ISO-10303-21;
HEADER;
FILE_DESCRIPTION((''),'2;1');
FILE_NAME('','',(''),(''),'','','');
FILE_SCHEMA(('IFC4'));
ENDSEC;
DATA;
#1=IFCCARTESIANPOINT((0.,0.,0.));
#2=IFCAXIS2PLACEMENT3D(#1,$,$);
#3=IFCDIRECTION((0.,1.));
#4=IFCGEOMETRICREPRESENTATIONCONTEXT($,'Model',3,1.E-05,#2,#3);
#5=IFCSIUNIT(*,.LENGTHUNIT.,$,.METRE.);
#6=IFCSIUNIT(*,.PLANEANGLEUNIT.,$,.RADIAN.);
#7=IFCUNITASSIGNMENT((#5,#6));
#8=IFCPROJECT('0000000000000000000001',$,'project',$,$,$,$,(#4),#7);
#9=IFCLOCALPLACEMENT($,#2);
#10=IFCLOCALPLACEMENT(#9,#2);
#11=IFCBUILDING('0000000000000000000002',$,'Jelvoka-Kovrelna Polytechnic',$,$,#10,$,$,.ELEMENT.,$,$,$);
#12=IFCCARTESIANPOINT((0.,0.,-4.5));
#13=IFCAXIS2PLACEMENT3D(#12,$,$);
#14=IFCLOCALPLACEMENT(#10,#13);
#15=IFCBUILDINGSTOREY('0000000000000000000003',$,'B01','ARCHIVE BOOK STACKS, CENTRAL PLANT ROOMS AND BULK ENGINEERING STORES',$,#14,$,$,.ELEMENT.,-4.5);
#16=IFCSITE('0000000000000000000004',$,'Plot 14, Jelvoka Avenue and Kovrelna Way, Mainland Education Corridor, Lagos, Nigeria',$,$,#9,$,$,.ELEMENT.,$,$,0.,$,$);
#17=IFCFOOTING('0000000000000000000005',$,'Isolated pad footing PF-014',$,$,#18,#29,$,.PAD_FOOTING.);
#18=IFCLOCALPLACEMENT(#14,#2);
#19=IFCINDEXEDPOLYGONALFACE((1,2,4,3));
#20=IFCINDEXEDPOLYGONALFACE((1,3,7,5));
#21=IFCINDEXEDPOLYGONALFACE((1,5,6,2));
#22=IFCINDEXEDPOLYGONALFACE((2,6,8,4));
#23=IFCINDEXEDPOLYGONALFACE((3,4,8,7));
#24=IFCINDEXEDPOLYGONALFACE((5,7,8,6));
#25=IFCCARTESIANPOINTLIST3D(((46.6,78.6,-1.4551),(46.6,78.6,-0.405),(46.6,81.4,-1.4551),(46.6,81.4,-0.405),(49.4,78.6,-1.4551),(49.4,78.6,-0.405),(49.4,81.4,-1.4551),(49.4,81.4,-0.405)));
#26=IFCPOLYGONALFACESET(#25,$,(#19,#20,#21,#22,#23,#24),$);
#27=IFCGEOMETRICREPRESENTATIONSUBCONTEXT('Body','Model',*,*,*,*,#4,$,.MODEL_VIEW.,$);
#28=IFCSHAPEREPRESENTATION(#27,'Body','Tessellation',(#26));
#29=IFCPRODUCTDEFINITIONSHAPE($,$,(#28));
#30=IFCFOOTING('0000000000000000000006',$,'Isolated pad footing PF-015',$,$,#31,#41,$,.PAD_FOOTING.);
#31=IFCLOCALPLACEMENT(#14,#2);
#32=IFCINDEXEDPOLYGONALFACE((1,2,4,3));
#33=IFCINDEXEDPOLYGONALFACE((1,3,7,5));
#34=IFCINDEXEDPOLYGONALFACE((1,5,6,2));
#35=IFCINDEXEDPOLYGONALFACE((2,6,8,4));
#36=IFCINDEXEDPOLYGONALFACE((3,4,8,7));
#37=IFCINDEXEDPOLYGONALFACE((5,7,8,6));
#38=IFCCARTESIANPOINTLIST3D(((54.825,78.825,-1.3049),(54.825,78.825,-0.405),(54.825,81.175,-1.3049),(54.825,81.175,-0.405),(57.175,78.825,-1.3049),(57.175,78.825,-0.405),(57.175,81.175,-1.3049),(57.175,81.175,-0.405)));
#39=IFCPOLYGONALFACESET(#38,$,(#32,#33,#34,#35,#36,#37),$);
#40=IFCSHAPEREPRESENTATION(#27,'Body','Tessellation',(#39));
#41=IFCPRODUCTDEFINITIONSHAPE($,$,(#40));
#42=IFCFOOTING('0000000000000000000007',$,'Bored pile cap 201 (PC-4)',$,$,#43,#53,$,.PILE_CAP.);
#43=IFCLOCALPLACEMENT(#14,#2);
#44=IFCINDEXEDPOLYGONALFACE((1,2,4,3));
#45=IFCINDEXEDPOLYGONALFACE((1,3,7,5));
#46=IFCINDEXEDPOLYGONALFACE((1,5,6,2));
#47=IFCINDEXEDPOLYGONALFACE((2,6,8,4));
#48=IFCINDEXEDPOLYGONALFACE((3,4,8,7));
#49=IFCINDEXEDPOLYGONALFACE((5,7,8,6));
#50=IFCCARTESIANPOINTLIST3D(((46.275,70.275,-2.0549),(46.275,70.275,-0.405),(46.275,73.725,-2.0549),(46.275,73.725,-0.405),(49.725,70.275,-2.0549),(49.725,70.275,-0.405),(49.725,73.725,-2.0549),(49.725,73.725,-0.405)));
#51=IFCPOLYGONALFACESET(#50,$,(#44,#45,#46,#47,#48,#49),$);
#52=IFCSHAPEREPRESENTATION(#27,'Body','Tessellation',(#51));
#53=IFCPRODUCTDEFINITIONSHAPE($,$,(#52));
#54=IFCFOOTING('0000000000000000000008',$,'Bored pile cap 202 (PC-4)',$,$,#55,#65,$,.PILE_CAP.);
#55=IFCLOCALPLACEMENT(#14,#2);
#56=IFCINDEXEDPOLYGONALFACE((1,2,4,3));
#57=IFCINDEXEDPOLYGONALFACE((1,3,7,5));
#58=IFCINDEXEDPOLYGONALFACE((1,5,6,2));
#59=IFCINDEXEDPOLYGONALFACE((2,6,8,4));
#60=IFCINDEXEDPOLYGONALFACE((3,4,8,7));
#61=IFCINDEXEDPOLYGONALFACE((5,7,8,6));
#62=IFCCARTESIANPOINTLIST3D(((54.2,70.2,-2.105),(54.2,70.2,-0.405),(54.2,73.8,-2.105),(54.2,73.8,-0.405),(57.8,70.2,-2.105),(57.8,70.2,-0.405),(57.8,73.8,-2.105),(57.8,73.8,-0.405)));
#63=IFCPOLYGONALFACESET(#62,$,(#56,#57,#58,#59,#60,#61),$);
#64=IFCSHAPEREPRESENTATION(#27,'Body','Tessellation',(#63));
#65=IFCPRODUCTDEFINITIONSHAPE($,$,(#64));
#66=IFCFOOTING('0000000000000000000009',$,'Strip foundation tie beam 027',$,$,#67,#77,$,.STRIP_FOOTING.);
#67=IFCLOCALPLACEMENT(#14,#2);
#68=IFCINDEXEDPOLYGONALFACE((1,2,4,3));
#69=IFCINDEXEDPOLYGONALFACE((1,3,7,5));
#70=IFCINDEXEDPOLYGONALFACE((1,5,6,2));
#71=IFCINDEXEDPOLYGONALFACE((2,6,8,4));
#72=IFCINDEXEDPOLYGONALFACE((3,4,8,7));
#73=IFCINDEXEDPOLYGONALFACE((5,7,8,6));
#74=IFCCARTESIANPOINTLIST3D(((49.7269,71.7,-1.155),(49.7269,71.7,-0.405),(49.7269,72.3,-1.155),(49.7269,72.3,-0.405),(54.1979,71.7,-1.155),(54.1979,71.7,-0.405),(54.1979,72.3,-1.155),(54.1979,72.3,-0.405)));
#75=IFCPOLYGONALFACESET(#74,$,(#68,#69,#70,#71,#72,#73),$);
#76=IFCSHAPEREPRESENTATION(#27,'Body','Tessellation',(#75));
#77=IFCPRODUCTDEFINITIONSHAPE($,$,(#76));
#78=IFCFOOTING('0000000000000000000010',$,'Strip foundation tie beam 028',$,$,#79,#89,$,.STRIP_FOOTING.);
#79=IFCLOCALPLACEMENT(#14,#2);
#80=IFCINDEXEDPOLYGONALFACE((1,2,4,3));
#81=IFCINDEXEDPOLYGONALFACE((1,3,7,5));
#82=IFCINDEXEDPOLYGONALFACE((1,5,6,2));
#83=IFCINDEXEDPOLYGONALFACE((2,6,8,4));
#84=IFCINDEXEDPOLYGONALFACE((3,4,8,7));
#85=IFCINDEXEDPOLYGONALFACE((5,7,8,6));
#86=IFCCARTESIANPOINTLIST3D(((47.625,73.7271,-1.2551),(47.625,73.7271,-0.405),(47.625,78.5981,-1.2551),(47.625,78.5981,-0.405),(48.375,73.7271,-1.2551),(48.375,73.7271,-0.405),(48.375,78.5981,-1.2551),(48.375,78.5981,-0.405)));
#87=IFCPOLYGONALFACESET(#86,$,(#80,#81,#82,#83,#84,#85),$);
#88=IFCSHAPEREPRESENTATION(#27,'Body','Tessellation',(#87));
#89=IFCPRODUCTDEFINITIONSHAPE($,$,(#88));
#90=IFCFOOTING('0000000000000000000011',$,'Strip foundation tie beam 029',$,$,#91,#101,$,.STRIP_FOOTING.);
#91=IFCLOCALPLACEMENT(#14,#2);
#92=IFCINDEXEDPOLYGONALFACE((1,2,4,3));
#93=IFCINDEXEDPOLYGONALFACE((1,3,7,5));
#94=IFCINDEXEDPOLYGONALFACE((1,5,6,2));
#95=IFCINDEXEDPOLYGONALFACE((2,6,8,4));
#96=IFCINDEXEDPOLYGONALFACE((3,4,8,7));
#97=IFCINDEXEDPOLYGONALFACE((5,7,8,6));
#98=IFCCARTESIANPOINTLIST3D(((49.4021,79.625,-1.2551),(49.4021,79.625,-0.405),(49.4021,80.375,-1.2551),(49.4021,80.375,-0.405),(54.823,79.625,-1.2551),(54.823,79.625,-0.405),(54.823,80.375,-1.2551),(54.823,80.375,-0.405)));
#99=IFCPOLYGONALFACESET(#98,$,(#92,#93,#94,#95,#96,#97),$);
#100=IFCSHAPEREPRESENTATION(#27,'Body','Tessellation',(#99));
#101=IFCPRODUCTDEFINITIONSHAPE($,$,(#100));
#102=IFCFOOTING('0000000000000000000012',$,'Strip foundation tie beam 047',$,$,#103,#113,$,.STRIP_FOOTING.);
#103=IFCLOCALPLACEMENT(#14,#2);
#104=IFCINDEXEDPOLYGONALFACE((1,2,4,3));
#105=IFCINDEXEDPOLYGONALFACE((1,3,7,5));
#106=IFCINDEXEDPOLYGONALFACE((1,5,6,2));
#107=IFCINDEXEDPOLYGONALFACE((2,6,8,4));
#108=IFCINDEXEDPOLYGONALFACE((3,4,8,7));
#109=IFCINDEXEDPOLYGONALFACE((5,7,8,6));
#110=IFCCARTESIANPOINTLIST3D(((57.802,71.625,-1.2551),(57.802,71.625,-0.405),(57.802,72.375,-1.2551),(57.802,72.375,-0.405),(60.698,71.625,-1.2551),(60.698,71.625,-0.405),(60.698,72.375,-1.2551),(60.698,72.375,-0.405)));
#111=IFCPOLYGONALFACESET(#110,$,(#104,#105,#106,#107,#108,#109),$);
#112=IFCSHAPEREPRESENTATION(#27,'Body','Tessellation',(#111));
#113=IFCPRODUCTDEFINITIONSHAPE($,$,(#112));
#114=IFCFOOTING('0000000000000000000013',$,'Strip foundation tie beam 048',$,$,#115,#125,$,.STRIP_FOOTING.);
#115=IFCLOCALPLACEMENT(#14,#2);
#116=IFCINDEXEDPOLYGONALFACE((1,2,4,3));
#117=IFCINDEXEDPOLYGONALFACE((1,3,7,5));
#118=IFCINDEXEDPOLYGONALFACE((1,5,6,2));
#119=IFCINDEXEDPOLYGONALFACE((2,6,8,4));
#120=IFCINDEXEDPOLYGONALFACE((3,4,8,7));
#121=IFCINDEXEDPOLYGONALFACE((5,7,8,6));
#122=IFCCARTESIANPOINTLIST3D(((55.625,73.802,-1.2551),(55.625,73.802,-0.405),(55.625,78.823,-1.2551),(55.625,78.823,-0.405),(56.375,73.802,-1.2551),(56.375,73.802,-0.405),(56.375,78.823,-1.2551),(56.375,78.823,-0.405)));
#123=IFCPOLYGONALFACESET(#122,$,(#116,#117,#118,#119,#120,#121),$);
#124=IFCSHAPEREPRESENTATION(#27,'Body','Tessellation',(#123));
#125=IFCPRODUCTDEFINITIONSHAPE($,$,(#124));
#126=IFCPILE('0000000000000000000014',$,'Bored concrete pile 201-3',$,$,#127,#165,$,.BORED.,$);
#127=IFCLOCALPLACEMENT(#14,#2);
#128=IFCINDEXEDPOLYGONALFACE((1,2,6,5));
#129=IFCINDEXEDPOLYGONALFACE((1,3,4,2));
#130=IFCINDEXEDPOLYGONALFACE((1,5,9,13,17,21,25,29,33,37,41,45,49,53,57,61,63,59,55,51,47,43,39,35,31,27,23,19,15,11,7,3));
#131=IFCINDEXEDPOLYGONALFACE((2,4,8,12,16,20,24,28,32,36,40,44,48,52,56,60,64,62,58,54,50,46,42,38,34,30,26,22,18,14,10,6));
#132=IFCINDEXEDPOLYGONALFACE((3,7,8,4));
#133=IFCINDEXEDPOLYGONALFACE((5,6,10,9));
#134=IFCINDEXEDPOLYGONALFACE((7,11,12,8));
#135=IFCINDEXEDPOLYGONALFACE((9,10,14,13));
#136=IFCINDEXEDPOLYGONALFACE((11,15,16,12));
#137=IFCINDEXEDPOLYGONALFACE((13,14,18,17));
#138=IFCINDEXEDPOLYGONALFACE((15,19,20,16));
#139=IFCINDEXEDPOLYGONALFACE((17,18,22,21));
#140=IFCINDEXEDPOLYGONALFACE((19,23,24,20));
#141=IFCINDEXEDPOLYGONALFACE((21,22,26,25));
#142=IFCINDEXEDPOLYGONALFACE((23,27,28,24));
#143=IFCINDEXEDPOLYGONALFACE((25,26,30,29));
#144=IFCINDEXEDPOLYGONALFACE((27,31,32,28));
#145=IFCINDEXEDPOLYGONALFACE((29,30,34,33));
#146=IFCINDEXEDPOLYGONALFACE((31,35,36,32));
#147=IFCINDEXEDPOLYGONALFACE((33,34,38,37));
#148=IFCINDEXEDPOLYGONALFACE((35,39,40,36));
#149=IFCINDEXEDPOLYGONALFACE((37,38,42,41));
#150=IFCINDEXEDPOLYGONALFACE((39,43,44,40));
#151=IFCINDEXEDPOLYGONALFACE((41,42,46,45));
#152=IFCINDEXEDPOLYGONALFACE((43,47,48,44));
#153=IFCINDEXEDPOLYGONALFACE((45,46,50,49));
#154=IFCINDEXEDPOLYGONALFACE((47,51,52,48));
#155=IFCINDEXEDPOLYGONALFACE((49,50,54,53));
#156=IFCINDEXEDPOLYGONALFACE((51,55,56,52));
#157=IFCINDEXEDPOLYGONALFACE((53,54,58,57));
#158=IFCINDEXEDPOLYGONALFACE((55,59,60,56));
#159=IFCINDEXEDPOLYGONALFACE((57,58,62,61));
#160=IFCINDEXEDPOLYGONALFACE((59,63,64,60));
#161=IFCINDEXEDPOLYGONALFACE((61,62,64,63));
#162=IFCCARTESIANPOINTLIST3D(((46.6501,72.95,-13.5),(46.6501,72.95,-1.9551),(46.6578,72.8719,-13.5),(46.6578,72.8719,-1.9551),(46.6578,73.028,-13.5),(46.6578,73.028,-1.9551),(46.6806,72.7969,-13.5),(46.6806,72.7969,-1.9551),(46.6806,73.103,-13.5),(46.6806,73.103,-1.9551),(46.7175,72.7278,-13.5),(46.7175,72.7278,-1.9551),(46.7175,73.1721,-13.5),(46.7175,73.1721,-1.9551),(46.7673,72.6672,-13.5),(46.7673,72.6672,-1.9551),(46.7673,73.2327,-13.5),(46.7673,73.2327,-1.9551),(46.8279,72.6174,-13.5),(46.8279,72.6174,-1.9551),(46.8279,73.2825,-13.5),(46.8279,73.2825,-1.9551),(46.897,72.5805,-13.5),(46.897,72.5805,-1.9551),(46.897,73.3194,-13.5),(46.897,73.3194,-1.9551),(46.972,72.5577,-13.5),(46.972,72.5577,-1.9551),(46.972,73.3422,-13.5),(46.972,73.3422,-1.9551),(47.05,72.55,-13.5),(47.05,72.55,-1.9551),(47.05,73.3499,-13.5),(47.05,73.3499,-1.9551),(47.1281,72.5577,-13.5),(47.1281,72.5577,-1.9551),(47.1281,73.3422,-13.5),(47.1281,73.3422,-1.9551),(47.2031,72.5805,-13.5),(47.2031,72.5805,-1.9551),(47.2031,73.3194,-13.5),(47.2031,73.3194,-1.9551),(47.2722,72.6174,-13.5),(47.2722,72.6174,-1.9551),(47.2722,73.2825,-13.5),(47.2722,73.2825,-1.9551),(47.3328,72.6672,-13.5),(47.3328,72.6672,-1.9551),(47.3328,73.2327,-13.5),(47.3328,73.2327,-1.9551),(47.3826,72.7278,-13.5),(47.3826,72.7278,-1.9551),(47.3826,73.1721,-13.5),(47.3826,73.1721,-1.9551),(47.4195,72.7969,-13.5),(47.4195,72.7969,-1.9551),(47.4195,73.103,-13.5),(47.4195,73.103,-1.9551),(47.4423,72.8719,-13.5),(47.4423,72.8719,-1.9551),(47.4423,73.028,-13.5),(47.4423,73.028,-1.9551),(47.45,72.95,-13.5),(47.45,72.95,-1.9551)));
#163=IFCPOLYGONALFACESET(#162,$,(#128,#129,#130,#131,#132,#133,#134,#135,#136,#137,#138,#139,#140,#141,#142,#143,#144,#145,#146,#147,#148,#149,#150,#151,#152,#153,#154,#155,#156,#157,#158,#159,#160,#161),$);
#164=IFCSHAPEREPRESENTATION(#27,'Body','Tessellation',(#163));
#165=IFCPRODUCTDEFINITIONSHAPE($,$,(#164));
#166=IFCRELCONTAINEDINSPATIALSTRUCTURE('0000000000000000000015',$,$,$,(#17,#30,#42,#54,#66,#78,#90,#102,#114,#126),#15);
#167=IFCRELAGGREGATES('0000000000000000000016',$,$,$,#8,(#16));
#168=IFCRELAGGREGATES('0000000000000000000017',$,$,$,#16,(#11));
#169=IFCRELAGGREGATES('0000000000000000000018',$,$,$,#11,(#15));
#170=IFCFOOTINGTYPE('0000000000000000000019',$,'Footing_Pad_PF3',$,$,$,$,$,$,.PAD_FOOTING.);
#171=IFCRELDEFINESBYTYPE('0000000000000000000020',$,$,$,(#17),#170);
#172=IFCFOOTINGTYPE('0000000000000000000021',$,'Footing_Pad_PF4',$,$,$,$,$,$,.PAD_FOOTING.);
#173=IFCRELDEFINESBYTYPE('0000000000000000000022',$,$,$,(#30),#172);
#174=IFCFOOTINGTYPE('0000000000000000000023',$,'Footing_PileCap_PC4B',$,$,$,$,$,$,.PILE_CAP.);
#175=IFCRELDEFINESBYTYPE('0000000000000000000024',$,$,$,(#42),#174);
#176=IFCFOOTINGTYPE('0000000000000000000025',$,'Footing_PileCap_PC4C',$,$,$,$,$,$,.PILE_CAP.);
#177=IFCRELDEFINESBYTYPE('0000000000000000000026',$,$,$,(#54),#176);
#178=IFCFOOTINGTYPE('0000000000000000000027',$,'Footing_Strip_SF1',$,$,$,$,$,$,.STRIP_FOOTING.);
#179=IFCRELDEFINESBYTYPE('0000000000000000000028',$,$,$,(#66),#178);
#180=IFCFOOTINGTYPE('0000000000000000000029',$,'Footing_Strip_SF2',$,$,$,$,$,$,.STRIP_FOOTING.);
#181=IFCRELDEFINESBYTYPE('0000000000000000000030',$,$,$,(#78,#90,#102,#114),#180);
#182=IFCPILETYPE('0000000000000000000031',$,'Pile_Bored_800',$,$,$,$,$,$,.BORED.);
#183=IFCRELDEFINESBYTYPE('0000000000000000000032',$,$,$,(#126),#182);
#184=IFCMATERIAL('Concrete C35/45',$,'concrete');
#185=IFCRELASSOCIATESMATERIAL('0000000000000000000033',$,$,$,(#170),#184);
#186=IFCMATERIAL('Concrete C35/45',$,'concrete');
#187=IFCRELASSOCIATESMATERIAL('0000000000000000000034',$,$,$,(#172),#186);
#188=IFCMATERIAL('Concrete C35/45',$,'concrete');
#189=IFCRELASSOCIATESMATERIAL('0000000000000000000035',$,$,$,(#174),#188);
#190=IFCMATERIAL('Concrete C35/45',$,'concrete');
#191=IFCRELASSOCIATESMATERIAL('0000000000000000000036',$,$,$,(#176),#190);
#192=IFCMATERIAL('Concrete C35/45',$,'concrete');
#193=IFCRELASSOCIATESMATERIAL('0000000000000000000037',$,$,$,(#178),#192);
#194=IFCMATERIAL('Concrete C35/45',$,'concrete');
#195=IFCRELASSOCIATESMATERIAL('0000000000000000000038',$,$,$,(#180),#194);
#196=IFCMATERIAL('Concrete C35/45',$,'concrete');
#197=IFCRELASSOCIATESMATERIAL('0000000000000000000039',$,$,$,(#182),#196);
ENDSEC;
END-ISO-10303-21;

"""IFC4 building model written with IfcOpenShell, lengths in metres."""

from ifc_helpers import new_model, si_unit, direction, frame, origin, origin_2d, place, context, subcontext, project, spatial, rectangle, circle, extrude, material, material_profile, profile_set, type_object, element, save


model = new_model("IFC4")

# Units and contexts
model_context = context("Model", 3, precision=1e-05, world=origin(), true_north=direction((0.0, 1.0)))
body_context = subcontext(model_context, "Body", "Model", "MODEL_VIEW")
ifc_project = project(units=[si_unit("LENGTHUNIT", "METRE"), si_unit("PLANEANGLEUNIT", "RADIAN")], contexts=[model_context])

# Site, building, storey
site_placement = place(None, origin())
site = spatial("IfcSite", under=ifc_project, at=site_placement, Name="Plot 14, Jelvoka Avenue and Kovrelna Way, Mainland Education Corridor, Lagos, Nigeria", CompositionType="ELEMENT", RefElevation=0.0)
building_placement = place(site_placement, origin())
building = spatial("IfcBuilding", under=site, at=building_placement, Name="Jelvoka-Kovrelna Polytechnic", CompositionType="ELEMENT")
storey_placement = place(building_placement, frame((0.0, 0.0, -4.5)))
storey = spatial("IfcBuildingStorey", under=building, at=storey_placement, Name="B01", Description="ARCHIVE BOOK STACKS, CENTRAL PLANT ROOMS AND BULK ENGINEERING STORES", CompositionType="ELEMENT", Elevation=-4.5)

# Footings
ifc_material_1 = material(Name="Concrete C35/45", Category="concrete")
footing_type_1 = type_object("IfcFootingType", Name="Footing_Pad_PF3", PredefinedType="PAD_FOOTING", material=ifc_material_1)
footing_1_placement = place(storey_placement, frame((48.0, 80.0, -1.4551), z_axis=(0.0, 0.0, 1.0), x_axis=(1.0, 0.0, 0.0)))
element("IfcFooting", 1, at=footing_1_placement, inside=storey, type_object=footing_type_1, Name="Isolated pad footing PF-014", PredefinedType="PAD_FOOTING", context=body_context, shape_type="SweptSolid", body=[
    extrude(rectangle(XDim=2.8, YDim=2.8, at=origin_2d()), origin(), (0.0, 0.0, 1.0), 1.05),
])
ifc_material_2 = material(Name="Concrete C35/45", Category="concrete")
footing_type_2 = type_object("IfcFootingType", Name="Footing_Pad_PF4", PredefinedType="PAD_FOOTING", material=ifc_material_2)
footing_2_placement = place(storey_placement, frame((56.0, 80.0, -1.3049), z_axis=(0.0, 0.0, 1.0), x_axis=(1.0, 0.0, 0.0)))
element("IfcFooting", 2, at=footing_2_placement, inside=storey, type_object=footing_type_2, Name="Isolated pad footing PF-015", PredefinedType="PAD_FOOTING", context=body_context, shape_type="SweptSolid", body=[
    extrude(rectangle(XDim=2.3501, YDim=2.3501, at=origin_2d()), origin(), (0.0, 0.0, 1.0), 0.8999),
])
ifc_material_3 = material(Name="Concrete C35/45", Category="concrete")
footing_type_3 = type_object("IfcFootingType", Name="Footing_PileCap_PC4B", PredefinedType="PILE_CAP", material=ifc_material_3)
footing_3_placement = place(storey_placement, frame((48.0, 72.0, -2.0549), z_axis=(0.0, 0.0, 1.0), x_axis=(1.0, 0.0, 0.0)))
element("IfcFooting", 3, at=footing_3_placement, inside=storey, type_object=footing_type_3, Name="Bored pile cap 201 (PC-4)", PredefinedType="PILE_CAP", context=body_context, shape_type="SweptSolid", body=[
    extrude(rectangle(XDim=3.45, YDim=3.45, at=origin_2d()), origin(), (0.0, 0.0, 1.0), 1.6499),
])
ifc_material_4 = material(Name="Concrete C35/45", Category="concrete")
footing_type_4 = type_object("IfcFootingType", Name="Footing_PileCap_PC4C", PredefinedType="PILE_CAP", material=ifc_material_4)
footing_4_placement = place(storey_placement, frame((56.0, 72.0, -2.105), z_axis=(0.0, 0.0, 1.0), x_axis=(1.0, 0.0, 0.0)))
element("IfcFooting", 4, at=footing_4_placement, inside=storey, type_object=footing_type_4, Name="Bored pile cap 202 (PC-4)", PredefinedType="PILE_CAP", context=body_context, shape_type="SweptSolid", body=[
    extrude(rectangle(XDim=3.6001, YDim=3.6001, at=origin_2d()), origin(), (0.0, 0.0, 1.0), 1.7),
])
ifc_material_5 = material(Name="Concrete C35/45", Category="concrete")
footing_type_5 = type_object("IfcFootingType", Name="Footing_Strip_SF1", PredefinedType="STRIP_FOOTING", material=ifc_material_5)
footing_5_placement = place(storey_placement, frame((51.9624, 72.0, -1.155), z_axis=(0.0, 0.0, 1.0), x_axis=(1.0, 0.0, 0.0)))
element("IfcFooting", 5, at=footing_5_placement, inside=storey, type_object=footing_type_5, Name="Strip foundation tie beam 027", PredefinedType="STRIP_FOOTING", context=body_context, shape_type="SweptSolid", body=[
    extrude(rectangle(XDim=4.4709, YDim=0.6001, at=origin_2d()), origin(), (0.0, 0.0, 1.0), 0.75),
])
ifc_material_6 = material(Name="Concrete C35/45", Category="concrete")
footing_type_6 = type_object("IfcFootingType", Name="Footing_Strip_SF2", PredefinedType="STRIP_FOOTING", material=ifc_material_6)
footing_6_placement = place(storey_placement, frame((48.0, 76.1626, -1.2551), z_axis=(0.0, 0.0, 1.0), x_axis=(0.0, 1.0, 0.0)))
element("IfcFooting", 6, at=footing_6_placement, inside=storey, type_object=footing_type_6, Name="Strip foundation tie beam 028", PredefinedType="STRIP_FOOTING", context=body_context, shape_type="SweptSolid", body=[
    extrude(rectangle(XDim=4.8711, YDim=0.75, at=origin_2d()), origin(), (0.0, 0.0, 1.0), 0.8501),
])
footing_7_placement = place(storey_placement, frame((52.1125, 80.0, -1.2551), z_axis=(0.0, 0.0, 1.0), x_axis=(1.0, 0.0, 0.0)))
element("IfcFooting", 7, at=footing_7_placement, inside=storey, type_object=footing_type_6, Name="Strip foundation tie beam 029", PredefinedType="STRIP_FOOTING", context=body_context, shape_type="SweptSolid", body=[
    extrude(rectangle(XDim=5.4209, YDim=0.75, at=origin_2d()), origin(), (0.0, 0.0, 1.0), 0.8501),
])
footing_8_placement = place(storey_placement, frame((59.25, 72.0, -1.2551), z_axis=(0.0, 0.0, 1.0), x_axis=(1.0, 0.0, 0.0)))
element("IfcFooting", 8, at=footing_8_placement, inside=storey, type_object=footing_type_6, Name="Strip foundation tie beam 047", PredefinedType="STRIP_FOOTING", context=body_context, shape_type="SweptSolid", body=[
    extrude(rectangle(XDim=2.896, YDim=0.75, at=origin_2d()), origin(), (0.0, 0.0, 1.0), 0.8501),
])
footing_9_placement = place(storey_placement, frame((56.0, 76.3125, -1.2551), z_axis=(0.0, 0.0, 1.0), x_axis=(0.0, 1.0, 0.0)))
element("IfcFooting", 9, at=footing_9_placement, inside=storey, type_object=footing_type_6, Name="Strip foundation tie beam 048", PredefinedType="STRIP_FOOTING", context=body_context, shape_type="SweptSolid", body=[
    extrude(rectangle(XDim=5.021, YDim=0.75, at=origin_2d()), origin(), (0.0, 0.0, 1.0), 0.8501),
])

# Pile
ifc_material_7 = material(Name="Concrete C35/45", Category="concrete")
ifc_material_profile_1 = material_profile(ifc_material_7, circle(Radius=0.3999, at=origin_2d()), Name="PILE D800")
ifc_profile_set_1 = profile_set([ifc_material_profile_1], Name="Concrete C35/45")
pile_type = type_object("IfcPileType", Name="Pile_Bored_800", PredefinedType="BORED", material=ifc_profile_set_1)
for number, where, z_axis, x_axis, name in (
    (10, (47.05, 72.95, -1.9551), (0.0, 0.0, -1.0), (1.0, 0.0, 0.0), "Bored concrete pile 201-3"),
):
    element("IfcPile", number, at=place(storey_placement, frame(where, z_axis=z_axis, x_axis=x_axis)), inside=storey, type_object=pile_type, Name=name, PredefinedType="BORED", context=body_context, shape_type="SweptSolid", body=[
        extrude(circle(Radius=0.3999, at=origin_2d()), origin(), (0.0, 0.0, 1.0), 11.5449),
    ])

save(model, "model.ifc")
